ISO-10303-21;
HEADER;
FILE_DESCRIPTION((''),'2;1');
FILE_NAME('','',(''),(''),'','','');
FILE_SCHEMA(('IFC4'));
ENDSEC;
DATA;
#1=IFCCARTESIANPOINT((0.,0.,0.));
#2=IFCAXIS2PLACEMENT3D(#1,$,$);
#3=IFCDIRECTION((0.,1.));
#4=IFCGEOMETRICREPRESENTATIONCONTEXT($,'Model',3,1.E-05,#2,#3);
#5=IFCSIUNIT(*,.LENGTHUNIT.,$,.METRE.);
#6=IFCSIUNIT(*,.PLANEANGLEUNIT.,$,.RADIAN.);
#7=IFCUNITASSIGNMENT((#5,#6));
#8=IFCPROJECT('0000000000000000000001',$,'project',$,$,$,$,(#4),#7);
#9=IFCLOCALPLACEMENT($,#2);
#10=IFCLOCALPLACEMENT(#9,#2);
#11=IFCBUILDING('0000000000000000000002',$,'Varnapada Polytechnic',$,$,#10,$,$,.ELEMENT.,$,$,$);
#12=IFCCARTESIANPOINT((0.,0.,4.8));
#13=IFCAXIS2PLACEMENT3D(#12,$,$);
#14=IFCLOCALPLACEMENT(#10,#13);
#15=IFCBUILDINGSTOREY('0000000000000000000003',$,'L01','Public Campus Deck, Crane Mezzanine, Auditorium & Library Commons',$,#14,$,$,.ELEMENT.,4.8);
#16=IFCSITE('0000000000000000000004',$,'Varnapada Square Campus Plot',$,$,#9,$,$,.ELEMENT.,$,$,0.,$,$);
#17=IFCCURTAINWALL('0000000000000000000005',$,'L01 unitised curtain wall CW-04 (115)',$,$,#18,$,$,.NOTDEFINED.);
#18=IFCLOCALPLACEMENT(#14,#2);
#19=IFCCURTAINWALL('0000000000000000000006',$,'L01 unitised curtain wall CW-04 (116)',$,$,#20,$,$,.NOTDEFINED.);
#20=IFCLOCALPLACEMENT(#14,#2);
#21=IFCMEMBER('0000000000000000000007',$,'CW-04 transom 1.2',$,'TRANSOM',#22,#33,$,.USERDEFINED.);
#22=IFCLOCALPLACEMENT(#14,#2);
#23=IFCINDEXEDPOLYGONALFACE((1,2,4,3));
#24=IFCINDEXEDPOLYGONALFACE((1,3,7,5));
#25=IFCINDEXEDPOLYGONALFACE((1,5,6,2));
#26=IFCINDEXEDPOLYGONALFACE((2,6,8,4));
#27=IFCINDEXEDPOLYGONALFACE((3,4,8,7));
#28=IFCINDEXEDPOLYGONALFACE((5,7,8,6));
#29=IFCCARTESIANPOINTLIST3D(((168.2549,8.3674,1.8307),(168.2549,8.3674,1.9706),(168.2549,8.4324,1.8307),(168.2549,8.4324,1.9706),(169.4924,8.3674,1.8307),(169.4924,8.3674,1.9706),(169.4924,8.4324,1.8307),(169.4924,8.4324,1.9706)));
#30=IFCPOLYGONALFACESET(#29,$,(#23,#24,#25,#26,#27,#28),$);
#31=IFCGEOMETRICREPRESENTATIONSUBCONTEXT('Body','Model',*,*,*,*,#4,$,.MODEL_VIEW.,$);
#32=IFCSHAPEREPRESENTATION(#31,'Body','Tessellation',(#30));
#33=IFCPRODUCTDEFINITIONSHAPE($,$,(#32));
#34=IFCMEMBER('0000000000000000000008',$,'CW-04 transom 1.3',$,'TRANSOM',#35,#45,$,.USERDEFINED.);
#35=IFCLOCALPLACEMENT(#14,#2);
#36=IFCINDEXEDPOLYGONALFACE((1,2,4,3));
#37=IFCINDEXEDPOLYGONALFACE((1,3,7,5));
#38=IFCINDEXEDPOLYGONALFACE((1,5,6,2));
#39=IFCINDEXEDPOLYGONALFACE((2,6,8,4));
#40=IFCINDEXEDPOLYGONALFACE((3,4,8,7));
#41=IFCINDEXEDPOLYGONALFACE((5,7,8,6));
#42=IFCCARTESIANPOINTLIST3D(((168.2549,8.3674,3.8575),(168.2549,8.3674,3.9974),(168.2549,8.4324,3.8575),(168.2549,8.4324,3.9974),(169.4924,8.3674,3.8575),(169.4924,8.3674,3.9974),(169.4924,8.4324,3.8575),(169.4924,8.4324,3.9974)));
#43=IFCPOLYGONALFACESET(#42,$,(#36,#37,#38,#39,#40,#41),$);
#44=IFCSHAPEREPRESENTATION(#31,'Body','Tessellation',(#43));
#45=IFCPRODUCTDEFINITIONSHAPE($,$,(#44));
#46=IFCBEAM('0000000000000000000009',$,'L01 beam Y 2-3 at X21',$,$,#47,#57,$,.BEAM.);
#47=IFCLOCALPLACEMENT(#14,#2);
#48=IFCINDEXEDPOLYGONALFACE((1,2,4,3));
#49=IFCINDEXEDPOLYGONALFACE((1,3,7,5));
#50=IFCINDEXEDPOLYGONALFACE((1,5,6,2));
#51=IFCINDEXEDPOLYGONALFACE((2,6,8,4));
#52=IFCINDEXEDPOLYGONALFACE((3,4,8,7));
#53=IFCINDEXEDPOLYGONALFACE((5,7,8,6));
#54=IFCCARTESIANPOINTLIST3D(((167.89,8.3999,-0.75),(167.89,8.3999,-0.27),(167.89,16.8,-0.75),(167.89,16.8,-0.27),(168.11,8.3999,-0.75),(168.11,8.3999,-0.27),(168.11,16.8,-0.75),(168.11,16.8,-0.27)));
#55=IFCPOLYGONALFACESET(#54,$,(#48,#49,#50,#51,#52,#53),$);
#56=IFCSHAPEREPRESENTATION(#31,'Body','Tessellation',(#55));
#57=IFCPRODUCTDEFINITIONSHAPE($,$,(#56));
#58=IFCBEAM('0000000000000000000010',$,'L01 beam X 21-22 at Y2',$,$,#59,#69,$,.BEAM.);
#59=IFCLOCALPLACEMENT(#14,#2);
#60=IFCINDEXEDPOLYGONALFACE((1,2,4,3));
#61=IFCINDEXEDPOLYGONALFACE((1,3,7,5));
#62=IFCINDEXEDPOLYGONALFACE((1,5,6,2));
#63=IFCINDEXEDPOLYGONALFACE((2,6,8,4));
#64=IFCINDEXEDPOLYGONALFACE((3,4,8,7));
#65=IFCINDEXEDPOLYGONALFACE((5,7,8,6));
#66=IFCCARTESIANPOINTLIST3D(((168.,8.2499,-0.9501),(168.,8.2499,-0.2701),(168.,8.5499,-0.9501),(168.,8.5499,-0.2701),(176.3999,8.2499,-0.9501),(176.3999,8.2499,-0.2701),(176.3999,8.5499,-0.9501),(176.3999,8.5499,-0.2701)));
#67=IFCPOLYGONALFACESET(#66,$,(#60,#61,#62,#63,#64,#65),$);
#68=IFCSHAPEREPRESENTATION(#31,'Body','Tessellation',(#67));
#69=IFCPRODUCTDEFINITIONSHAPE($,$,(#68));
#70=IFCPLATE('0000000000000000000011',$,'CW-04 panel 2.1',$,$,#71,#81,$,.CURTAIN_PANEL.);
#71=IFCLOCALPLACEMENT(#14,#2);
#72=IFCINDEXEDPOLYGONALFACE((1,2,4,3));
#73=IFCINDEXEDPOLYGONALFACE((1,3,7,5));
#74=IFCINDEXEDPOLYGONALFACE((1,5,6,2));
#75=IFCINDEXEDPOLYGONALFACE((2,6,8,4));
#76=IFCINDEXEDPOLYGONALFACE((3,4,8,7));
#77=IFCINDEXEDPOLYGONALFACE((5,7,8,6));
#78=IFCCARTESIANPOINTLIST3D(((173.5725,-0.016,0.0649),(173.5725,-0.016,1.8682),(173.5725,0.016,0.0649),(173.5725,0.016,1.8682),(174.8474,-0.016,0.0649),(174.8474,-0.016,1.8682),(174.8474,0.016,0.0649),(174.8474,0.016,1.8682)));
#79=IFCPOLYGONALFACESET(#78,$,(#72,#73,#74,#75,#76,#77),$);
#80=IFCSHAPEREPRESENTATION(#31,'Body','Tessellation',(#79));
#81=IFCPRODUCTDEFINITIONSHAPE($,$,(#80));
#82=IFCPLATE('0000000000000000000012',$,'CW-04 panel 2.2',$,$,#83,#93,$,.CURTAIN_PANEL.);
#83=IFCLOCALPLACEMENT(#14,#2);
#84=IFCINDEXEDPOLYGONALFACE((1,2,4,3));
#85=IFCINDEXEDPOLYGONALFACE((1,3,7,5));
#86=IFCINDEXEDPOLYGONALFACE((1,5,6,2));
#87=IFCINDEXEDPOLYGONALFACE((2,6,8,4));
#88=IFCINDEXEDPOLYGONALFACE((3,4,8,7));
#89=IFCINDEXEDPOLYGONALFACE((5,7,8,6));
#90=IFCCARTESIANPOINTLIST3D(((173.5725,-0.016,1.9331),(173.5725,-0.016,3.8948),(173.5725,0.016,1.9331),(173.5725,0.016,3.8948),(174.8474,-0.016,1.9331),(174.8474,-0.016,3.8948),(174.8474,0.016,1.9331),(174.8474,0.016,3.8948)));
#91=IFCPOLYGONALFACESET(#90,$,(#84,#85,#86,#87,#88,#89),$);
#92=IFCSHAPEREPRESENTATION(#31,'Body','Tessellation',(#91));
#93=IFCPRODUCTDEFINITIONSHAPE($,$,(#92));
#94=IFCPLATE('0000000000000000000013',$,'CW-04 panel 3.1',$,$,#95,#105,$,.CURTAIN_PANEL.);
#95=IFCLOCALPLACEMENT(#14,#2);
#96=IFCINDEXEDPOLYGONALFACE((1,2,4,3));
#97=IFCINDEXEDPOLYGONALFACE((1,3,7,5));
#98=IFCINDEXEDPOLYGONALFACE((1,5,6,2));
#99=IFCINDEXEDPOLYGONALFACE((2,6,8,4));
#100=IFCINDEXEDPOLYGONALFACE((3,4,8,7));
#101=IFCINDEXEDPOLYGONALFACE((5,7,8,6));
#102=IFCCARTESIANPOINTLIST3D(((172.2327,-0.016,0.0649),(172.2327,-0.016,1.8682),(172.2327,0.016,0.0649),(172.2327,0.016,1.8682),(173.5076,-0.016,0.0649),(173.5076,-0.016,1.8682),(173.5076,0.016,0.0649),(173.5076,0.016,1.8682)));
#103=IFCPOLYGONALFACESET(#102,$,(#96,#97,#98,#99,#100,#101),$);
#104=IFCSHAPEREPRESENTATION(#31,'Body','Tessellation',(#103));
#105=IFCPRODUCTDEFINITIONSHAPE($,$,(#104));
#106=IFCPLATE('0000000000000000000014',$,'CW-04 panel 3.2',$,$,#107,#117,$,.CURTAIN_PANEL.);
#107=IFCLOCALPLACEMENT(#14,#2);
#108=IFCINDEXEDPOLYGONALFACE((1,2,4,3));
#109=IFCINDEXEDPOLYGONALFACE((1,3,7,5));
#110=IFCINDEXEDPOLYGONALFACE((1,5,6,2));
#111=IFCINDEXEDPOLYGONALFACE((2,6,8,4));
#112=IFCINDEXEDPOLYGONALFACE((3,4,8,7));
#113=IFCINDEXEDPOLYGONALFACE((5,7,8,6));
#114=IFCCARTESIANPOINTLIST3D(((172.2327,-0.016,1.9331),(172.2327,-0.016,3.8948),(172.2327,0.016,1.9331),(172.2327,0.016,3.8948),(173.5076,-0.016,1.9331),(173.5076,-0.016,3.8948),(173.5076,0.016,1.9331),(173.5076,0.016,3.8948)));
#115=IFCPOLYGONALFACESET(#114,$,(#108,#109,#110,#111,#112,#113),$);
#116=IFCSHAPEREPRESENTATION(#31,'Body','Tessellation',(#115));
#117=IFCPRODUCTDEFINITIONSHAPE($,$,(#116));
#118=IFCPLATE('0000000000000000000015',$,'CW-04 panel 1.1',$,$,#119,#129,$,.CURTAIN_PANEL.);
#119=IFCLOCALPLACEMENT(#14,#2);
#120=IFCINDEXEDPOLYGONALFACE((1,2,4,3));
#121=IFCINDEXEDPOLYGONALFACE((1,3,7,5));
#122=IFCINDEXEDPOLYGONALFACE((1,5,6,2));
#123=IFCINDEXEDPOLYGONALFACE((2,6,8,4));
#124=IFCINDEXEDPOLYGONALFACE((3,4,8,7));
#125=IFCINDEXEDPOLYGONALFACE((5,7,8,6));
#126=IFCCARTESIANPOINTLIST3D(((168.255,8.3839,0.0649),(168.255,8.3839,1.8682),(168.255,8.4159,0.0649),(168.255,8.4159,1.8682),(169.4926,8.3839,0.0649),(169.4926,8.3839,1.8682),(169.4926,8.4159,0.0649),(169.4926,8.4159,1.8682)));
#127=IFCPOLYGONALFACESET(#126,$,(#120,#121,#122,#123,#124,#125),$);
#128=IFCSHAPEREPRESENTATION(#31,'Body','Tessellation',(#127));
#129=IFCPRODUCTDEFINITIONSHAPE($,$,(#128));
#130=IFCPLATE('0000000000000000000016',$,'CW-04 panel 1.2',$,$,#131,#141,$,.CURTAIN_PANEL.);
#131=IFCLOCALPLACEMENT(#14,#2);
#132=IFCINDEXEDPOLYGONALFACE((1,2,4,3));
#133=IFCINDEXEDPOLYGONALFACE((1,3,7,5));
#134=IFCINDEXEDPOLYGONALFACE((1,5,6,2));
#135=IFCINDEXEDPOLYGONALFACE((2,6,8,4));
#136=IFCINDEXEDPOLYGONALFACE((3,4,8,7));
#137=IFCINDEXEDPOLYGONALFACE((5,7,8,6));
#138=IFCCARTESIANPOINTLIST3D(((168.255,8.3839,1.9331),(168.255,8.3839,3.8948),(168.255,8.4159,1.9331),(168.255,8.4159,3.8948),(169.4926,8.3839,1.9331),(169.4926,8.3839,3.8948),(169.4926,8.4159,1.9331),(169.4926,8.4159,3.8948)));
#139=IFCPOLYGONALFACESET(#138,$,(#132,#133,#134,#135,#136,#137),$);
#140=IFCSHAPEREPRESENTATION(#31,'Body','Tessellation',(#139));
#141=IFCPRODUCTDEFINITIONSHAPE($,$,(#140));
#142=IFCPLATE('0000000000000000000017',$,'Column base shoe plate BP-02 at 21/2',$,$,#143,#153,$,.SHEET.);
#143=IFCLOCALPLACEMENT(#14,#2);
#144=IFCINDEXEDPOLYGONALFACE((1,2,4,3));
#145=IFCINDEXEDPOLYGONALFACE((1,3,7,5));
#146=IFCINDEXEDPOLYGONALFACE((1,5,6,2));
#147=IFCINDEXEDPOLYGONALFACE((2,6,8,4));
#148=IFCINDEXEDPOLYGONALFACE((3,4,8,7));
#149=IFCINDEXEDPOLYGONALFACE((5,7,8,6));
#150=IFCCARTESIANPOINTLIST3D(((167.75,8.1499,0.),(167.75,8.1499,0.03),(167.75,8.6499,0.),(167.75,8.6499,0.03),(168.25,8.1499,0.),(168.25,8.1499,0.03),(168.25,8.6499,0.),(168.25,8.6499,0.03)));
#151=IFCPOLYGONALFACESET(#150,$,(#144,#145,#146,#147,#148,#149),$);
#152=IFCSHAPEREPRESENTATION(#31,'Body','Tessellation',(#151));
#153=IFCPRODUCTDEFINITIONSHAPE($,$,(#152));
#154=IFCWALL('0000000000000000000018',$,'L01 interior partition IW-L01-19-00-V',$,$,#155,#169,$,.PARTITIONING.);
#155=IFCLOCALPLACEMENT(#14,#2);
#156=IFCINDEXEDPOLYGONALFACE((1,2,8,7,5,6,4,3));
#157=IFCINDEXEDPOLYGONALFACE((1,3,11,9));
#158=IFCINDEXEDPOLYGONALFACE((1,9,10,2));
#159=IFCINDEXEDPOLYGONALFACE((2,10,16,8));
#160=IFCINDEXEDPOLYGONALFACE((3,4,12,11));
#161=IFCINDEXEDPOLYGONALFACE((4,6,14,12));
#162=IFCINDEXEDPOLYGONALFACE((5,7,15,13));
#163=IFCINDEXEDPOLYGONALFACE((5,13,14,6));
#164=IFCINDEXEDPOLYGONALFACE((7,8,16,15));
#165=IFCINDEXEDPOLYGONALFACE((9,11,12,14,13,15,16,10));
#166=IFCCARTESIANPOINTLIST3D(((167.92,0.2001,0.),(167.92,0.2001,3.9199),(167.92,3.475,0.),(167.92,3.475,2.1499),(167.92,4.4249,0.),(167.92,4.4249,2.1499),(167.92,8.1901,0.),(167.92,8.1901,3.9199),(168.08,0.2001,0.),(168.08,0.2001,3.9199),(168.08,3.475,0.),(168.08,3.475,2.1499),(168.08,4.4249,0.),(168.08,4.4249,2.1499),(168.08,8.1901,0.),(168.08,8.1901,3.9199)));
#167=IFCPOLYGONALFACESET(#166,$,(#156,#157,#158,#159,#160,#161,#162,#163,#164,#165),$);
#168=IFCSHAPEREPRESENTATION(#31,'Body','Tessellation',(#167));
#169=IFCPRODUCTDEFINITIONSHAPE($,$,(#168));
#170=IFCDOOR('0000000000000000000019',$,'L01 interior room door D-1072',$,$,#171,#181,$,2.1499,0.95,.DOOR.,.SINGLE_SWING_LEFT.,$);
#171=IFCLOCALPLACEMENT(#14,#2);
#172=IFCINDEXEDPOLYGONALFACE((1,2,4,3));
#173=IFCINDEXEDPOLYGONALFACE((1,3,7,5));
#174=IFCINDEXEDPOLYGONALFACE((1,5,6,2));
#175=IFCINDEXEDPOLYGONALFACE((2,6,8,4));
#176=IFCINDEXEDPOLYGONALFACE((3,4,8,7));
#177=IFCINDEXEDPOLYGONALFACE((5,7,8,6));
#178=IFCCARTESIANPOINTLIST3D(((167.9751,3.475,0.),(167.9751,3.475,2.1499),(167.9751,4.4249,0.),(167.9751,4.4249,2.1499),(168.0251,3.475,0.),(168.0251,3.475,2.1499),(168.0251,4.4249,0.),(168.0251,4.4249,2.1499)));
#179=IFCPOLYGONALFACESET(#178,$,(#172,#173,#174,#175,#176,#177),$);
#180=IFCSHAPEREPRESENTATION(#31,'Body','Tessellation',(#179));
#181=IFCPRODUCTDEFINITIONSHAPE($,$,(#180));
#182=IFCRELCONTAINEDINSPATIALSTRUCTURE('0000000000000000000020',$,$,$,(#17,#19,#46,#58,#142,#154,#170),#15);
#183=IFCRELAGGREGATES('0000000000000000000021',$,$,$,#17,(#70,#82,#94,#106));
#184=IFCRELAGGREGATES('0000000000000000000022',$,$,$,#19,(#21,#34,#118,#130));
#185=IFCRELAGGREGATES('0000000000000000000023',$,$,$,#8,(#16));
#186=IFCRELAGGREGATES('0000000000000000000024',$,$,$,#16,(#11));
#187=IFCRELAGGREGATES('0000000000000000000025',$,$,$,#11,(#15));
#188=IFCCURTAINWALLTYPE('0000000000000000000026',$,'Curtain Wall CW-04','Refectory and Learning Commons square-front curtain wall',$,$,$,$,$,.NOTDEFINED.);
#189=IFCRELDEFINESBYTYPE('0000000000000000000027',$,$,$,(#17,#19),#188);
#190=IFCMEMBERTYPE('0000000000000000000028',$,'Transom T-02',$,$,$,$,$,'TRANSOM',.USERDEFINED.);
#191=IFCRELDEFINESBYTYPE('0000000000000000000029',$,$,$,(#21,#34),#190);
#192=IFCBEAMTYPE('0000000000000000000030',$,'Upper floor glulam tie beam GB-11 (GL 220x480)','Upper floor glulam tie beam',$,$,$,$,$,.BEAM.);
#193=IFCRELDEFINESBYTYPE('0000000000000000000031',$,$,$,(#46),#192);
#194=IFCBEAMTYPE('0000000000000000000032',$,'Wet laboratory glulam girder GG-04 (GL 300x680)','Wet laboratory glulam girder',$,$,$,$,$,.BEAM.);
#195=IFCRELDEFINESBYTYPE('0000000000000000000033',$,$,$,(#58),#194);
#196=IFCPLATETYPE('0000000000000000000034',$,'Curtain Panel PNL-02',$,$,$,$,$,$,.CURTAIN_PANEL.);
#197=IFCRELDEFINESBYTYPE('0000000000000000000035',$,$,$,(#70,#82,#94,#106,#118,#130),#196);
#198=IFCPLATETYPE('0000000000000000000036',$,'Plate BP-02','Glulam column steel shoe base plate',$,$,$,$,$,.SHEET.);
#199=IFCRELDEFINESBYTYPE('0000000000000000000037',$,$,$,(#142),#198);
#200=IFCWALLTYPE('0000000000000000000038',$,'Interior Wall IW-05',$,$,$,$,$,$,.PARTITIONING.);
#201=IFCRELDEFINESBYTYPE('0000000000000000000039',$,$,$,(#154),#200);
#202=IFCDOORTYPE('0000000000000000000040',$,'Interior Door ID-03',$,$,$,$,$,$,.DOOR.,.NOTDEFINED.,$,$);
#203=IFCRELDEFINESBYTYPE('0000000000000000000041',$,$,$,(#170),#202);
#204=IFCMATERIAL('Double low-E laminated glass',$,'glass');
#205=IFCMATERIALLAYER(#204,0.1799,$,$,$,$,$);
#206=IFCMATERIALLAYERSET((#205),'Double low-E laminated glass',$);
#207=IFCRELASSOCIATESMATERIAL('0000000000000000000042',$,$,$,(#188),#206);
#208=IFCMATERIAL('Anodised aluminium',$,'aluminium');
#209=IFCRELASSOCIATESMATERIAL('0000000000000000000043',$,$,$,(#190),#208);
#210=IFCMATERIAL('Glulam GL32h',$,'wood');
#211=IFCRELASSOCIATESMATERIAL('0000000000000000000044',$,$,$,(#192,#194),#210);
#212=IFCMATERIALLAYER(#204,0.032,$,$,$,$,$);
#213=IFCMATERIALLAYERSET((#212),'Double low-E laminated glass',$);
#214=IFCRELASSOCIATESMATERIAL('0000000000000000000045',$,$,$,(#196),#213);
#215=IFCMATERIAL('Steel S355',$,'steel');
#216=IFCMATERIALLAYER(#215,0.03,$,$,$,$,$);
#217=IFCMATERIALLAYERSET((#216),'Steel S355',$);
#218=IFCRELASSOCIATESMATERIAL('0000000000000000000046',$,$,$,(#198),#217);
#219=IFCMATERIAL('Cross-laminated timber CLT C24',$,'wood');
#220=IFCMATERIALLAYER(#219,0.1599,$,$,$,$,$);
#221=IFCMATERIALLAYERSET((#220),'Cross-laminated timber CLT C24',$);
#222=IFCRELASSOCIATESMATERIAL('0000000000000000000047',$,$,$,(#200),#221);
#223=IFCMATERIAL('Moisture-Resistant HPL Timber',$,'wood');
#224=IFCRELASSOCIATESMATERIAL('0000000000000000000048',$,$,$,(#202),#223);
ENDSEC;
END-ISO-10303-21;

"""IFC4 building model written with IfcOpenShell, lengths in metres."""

from ifc_helpers import new_model, si_unit, direction, frame, frame_2d, origin, origin_2d, place, context, subcontext, project, spatial, rectangle, extrude, material, layer, layer_set, material_profile, profile_set, type_object, element, fill, aggregate, save


model = new_model("IFC4")

# Units and contexts
model_context = context("Model", 3, precision=1e-05, world=origin(), true_north=direction((0.0, 1.0)))
body_context = subcontext(model_context, "Body", "Model", "MODEL_VIEW")
ifc_project = project(units=[si_unit("LENGTHUNIT", "METRE"), si_unit("PLANEANGLEUNIT", "RADIAN")], contexts=[model_context])

# Site, building, storey
site_placement = place(None, origin())
site = spatial("IfcSite", under=ifc_project, at=site_placement, Name="Varnapada Square Campus Plot", CompositionType="ELEMENT", RefElevation=0.0)
building_placement = place(site_placement, origin())
building = spatial("IfcBuilding", under=site, at=building_placement, Name="Varnapada Polytechnic", CompositionType="ELEMENT")
storey_placement = place(building_placement, frame((0.0, 0.0, 4.8)))
storey = spatial("IfcBuildingStorey", under=building, at=storey_placement, Name="L01", Description="Public Campus Deck, Crane Mezzanine, Auditorium & Library Commons", CompositionType="ELEMENT", Elevation=4.8)

# Shared definitions
ifc_material_1 = material(Name="Glulam GL32h", Category="wood")

# Curtain wall
ifc_material_2 = material(Name="Double low-E laminated glass", Category="glass")
ifc_layer_1 = layer(ifc_material_2, 0.1799)
ifc_layer_set_1 = layer_set([ifc_layer_1], Name="Double low-E laminated glass")
curtain_wall_type = type_object("IfcCurtainWallType", Name="Curtain Wall CW-04", Description="Refectory and Learning Commons square-front curtain wall", PredefinedType="NOTDEFINED", material=ifc_layer_set_1)
curtain_wall_1_placement = place(storey_placement, origin())
curtain_wall_1 = element("IfcCurtainWall", 1, at=curtain_wall_1_placement, inside=storey, type_object=curtain_wall_type, Name="L01 unitised curtain wall CW-04 (115)", PredefinedType="NOTDEFINED")
ifc_material_3 = material(Name="Anodised aluminium", Category="aluminium")

# Curtain wall
curtain_wall_2_placement = place(storey_placement, origin())
curtain_wall_2 = element("IfcCurtainWall", 2, at=curtain_wall_2_placement, inside=storey, type_object=curtain_wall_type, Name="L01 unitised curtain wall CW-04 (116)", PredefinedType="NOTDEFINED")

# Members
ifc_material_profile_1 = material_profile(ifc_material_3, rectangle(XDim=0.0649, YDim=0.1399, at=origin_2d()), Name="ALU T65x140")
ifc_profile_set_1 = profile_set([ifc_material_profile_1], Name="Anodised aluminium")
member_type_1 = type_object("IfcMemberType", Name="Transom T-02", ElementType="TRANSOM", PredefinedType="USERDEFINED", material=ifc_profile_set_1)
member_1_placement = place(storey_placement, frame((168.2549, 8.3999, 1.9006), z_axis=(1.0, 0.0, 0.0), x_axis=(0.0, 1.0, 0.0)))
member_1 = element("IfcMember", 3, at=member_1_placement, type_object=member_type_1, Name="CW-04 transom 1.2", ObjectType="TRANSOM", PredefinedType="USERDEFINED", context=body_context, shape_type="SweptSolid", body=[
    extrude(rectangle(XDim=0.0649, YDim=0.1399, at=origin_2d()), origin(), (0.0, 0.0, 1.0), 1.2375),
])
member_2_placement = place(storey_placement, frame((168.2549, 8.3999, 3.9275), z_axis=(1.0, 0.0, 0.0), x_axis=(0.0, 1.0, 0.0)))
member_2 = element("IfcMember", 4, at=member_2_placement, type_object=member_type_1, Name="CW-04 transom 1.3", ObjectType="TRANSOM", PredefinedType="USERDEFINED", context=body_context, shape_type="SweptSolid", body=[
    extrude(rectangle(XDim=0.0649, YDim=0.1399, at=origin_2d()), origin(), (0.0, 0.0, 1.0), 1.2375),
])

# Beams
ifc_material_profile_2 = material_profile(ifc_material_1, rectangle(XDim=0.22, YDim=0.48, at=origin_2d()), Name="GL 220x480")
ifc_profile_set_2 = profile_set([ifc_material_profile_2], Name="Glulam GL32h")
beam_type_1 = type_object("IfcBeamType", Name="Upper floor glulam tie beam GB-11 (GL 220x480)", Description="Upper floor glulam tie beam", PredefinedType="BEAM", material=ifc_profile_set_2)
beam_1_placement = place(storey_placement, frame((168.0, 8.3999, -0.51), z_axis=(0.0, 1.0, 0.0), x_axis=(-1.0, 0.0, 0.0)))
element("IfcBeam", 5, at=beam_1_placement, inside=storey, type_object=beam_type_1, Name="L01 beam Y 2-3 at X21", PredefinedType="BEAM", context=body_context, shape_type="SweptSolid", body=[
    extrude(rectangle(XDim=0.22, YDim=0.48, at=origin_2d()), origin(), (0.0, 0.0, 1.0), 8.4001),
])
ifc_material_profile_3 = material_profile(ifc_material_1, rectangle(XDim=0.3, YDim=0.6799, at=origin_2d()), Name="GL 300x680")
ifc_profile_set_3 = profile_set([ifc_material_profile_3], Name="Glulam GL32h")
beam_type_2 = type_object("IfcBeamType", Name="Wet laboratory glulam girder GG-04 (GL 300x680)", Description="Wet laboratory glulam girder", PredefinedType="BEAM", material=ifc_profile_set_3)
beam_2_placement = place(storey_placement, frame((168.0, 8.3999, -0.6101), z_axis=(1.0, 0.0, 0.0), x_axis=(0.0, 1.0, 0.0)))
element("IfcBeam", 6, at=beam_2_placement, inside=storey, type_object=beam_type_2, Name="L01 beam X 21-22 at Y2", PredefinedType="BEAM", context=body_context, shape_type="SweptSolid", body=[
    extrude(rectangle(XDim=0.3, YDim=0.6799, at=origin_2d()), origin(), (0.0, 0.0, 1.0), 8.3999),
])

# Plates
ifc_layer_2 = layer(ifc_material_2, 0.032)
ifc_layer_set_2 = layer_set([ifc_layer_2], Name="Double low-E laminated glass")
plate_type_1 = type_object("IfcPlateType", Name="Curtain Panel PNL-02", PredefinedType="CURTAIN_PANEL", material=ifc_layer_set_2)
plate_1_placement = place(storey_placement, frame((174.21, 0.0, 0.0649), z_axis=(0.0, 0.0, 1.0), x_axis=(-1.0, 0.0, 0.0)))
plate_1 = element("IfcPlate", 7, at=plate_1_placement, type_object=plate_type_1, Name="CW-04 panel 2.1", PredefinedType="CURTAIN_PANEL", context=body_context, shape_type="SweptSolid", body=[
    extrude(rectangle(XDim=1.2749, YDim=0.032, at=origin_2d()), origin(), (0.0, 0.0, 1.0), 1.8032),
])
plate_2_placement = place(storey_placement, frame((174.21, 0.0, 1.9331), z_axis=(0.0, 0.0, 1.0), x_axis=(-1.0, 0.0, 0.0)))
plate_2 = element("IfcPlate", 8, at=plate_2_placement, type_object=plate_type_1, Name="CW-04 panel 2.2", PredefinedType="CURTAIN_PANEL", context=body_context, shape_type="SweptSolid", body=[
    extrude(rectangle(XDim=1.2749, YDim=0.032, at=origin_2d()), origin(), (0.0, 0.0, 1.0), 1.9617),
])
plate_3_placement = place(storey_placement, frame((172.8701, 0.0, 0.0649), z_axis=(0.0, 0.0, 1.0), x_axis=(-1.0, 0.0, 0.0)))
plate_3 = element("IfcPlate", 9, at=plate_3_placement, type_object=plate_type_1, Name="CW-04 panel 3.1", PredefinedType="CURTAIN_PANEL", context=body_context, shape_type="SweptSolid", body=[
    extrude(rectangle(XDim=1.2749, YDim=0.032, at=origin_2d()), origin(), (0.0, 0.0, 1.0), 1.8032),
])
plate_4_placement = place(storey_placement, frame((172.8701, 0.0, 1.9331), z_axis=(0.0, 0.0, 1.0), x_axis=(-1.0, 0.0, 0.0)))
plate_4 = element("IfcPlate", 10, at=plate_4_placement, type_object=plate_type_1, Name="CW-04 panel 3.2", PredefinedType="CURTAIN_PANEL", context=body_context, shape_type="SweptSolid", body=[
    extrude(rectangle(XDim=1.2749, YDim=0.032, at=origin_2d()), origin(), (0.0, 0.0, 1.0), 1.9617),
])
aggregate(curtain_wall_1, [plate_1, plate_2, plate_3, plate_4])
plate_5_placement = place(storey_placement, frame((168.8738, 8.3999, 0.0649), z_axis=(0.0, 0.0, 1.0), x_axis=(1.0, 0.0, 0.0)))
plate_5 = element("IfcPlate", 11, at=plate_5_placement, type_object=plate_type_1, Name="CW-04 panel 1.1", PredefinedType="CURTAIN_PANEL", context=body_context, shape_type="SweptSolid", body=[
    extrude(rectangle(XDim=1.2375, YDim=0.032, at=origin_2d()), origin(), (0.0, 0.0, 1.0), 1.8032),
])
plate_6_placement = place(storey_placement, frame((168.8738, 8.3999, 1.9331), z_axis=(0.0, 0.0, 1.0), x_axis=(1.0, 0.0, 0.0)))
plate_6 = element("IfcPlate", 12, at=plate_6_placement, type_object=plate_type_1, Name="CW-04 panel 1.2", PredefinedType="CURTAIN_PANEL", context=body_context, shape_type="SweptSolid", body=[
    extrude(rectangle(XDim=1.2375, YDim=0.032, at=origin_2d()), origin(), (0.0, 0.0, 1.0), 1.9617),
])
aggregate(curtain_wall_2, [member_1, member_2, plate_5, plate_6])
ifc_material_4 = material(Name="Steel S355", Category="steel")
ifc_layer_3 = layer(ifc_material_4, 0.03)
ifc_layer_set_3 = layer_set([ifc_layer_3], Name="Steel S355")
plate_type_2 = type_object("IfcPlateType", Name="Plate BP-02", Description="Glulam column steel shoe base plate", PredefinedType="SHEET", material=ifc_layer_set_3)
plate_7_placement = place(storey_placement, frame((168.0, 8.3999, 0.0), z_axis=(0.0, 0.0, 1.0), x_axis=(1.0, 0.0, 0.0)))
element("IfcPlate", 13, at=plate_7_placement, inside=storey, type_object=plate_type_2, Name="Column base shoe plate BP-02 at 21/2", PredefinedType="SHEET", context=body_context, shape_type="SweptSolid", body=[
    extrude(rectangle(XDim=0.5, YDim=0.5, at=origin_2d()), origin(), (0.0, 0.0, 1.0), 0.03),
])

# Wall, opening, door
ifc_material_5 = material(Name="Cross-laminated timber CLT C24", Category="wood")
ifc_layer_4 = layer(ifc_material_5, 0.1599)
ifc_layer_set_4 = layer_set([ifc_layer_4], Name="Cross-laminated timber CLT C24")
wall_type = type_object("IfcWallType", Name="Interior Wall IW-05", PredefinedType="PARTITIONING", material=ifc_layer_set_4)
wall_placement = place(storey_placement, frame((168.0, 0.2, 0.0), z_axis=(0.0, 0.0, 1.0), x_axis=(0.0, 1.0, 0.0)))
wall = element("IfcWall", 14, at=wall_placement, inside=storey, type_object=wall_type, Name="L01 interior partition IW-L01-19-00-V", PredefinedType="PARTITIONING", context=body_context, shape_type="SweptSolid", body=[
    extrude(rectangle(XDim=7.99, YDim=0.1599, at=frame_2d((3.9951, 0.0))), origin(), (0.0, 0.0, 1.0), 3.9199),
])
opening_placement = place(wall_placement, frame((3.2749, 0.0, 0.0)))
opening = element("IfcOpeningElement", 15, at=opening_placement, cuts=wall, PredefinedType="OPENING", context=body_context, shape_type="SweptSolid", body=[
    extrude(rectangle(XDim=0.95, YDim=2.1499, at=frame_2d((0.4751, 1.075))), frame((0.0, 0.0898, 0.0), z_axis=(0.0, -1.0, 0.0), x_axis=(1.0, 0.0, 0.0)), (0.0, 0.0, 1.0), 0.1799),
])
ifc_material_6 = material(Name="Moisture-Resistant HPL Timber", Category="wood")
door_type = type_object("IfcDoorType", Name="Interior Door ID-03", OperationType="NOTDEFINED", PredefinedType="DOOR", material=ifc_material_6)
door_placement = place(opening_placement, origin())
door = element("IfcDoor", 16, at=door_placement, inside=storey, type_object=door_type, Name="L01 interior room door D-1072", OperationType="SINGLE_SWING_LEFT", OverallHeight=2.1499, OverallWidth=0.95, PredefinedType="DOOR", context=body_context, shape_type="SweptSolid", body=[
    extrude(rectangle(XDim=0.95, YDim=2.1499, at=frame_2d((0.4751, 1.075))), frame((0.0, 0.0249, 0.0), z_axis=(0.0, -1.0, 0.0), x_axis=(1.0, 0.0, 0.0)), (0.0, 0.0, 1.0), 0.05),
])
fill(opening, door)

save(model, "model.ifc")
